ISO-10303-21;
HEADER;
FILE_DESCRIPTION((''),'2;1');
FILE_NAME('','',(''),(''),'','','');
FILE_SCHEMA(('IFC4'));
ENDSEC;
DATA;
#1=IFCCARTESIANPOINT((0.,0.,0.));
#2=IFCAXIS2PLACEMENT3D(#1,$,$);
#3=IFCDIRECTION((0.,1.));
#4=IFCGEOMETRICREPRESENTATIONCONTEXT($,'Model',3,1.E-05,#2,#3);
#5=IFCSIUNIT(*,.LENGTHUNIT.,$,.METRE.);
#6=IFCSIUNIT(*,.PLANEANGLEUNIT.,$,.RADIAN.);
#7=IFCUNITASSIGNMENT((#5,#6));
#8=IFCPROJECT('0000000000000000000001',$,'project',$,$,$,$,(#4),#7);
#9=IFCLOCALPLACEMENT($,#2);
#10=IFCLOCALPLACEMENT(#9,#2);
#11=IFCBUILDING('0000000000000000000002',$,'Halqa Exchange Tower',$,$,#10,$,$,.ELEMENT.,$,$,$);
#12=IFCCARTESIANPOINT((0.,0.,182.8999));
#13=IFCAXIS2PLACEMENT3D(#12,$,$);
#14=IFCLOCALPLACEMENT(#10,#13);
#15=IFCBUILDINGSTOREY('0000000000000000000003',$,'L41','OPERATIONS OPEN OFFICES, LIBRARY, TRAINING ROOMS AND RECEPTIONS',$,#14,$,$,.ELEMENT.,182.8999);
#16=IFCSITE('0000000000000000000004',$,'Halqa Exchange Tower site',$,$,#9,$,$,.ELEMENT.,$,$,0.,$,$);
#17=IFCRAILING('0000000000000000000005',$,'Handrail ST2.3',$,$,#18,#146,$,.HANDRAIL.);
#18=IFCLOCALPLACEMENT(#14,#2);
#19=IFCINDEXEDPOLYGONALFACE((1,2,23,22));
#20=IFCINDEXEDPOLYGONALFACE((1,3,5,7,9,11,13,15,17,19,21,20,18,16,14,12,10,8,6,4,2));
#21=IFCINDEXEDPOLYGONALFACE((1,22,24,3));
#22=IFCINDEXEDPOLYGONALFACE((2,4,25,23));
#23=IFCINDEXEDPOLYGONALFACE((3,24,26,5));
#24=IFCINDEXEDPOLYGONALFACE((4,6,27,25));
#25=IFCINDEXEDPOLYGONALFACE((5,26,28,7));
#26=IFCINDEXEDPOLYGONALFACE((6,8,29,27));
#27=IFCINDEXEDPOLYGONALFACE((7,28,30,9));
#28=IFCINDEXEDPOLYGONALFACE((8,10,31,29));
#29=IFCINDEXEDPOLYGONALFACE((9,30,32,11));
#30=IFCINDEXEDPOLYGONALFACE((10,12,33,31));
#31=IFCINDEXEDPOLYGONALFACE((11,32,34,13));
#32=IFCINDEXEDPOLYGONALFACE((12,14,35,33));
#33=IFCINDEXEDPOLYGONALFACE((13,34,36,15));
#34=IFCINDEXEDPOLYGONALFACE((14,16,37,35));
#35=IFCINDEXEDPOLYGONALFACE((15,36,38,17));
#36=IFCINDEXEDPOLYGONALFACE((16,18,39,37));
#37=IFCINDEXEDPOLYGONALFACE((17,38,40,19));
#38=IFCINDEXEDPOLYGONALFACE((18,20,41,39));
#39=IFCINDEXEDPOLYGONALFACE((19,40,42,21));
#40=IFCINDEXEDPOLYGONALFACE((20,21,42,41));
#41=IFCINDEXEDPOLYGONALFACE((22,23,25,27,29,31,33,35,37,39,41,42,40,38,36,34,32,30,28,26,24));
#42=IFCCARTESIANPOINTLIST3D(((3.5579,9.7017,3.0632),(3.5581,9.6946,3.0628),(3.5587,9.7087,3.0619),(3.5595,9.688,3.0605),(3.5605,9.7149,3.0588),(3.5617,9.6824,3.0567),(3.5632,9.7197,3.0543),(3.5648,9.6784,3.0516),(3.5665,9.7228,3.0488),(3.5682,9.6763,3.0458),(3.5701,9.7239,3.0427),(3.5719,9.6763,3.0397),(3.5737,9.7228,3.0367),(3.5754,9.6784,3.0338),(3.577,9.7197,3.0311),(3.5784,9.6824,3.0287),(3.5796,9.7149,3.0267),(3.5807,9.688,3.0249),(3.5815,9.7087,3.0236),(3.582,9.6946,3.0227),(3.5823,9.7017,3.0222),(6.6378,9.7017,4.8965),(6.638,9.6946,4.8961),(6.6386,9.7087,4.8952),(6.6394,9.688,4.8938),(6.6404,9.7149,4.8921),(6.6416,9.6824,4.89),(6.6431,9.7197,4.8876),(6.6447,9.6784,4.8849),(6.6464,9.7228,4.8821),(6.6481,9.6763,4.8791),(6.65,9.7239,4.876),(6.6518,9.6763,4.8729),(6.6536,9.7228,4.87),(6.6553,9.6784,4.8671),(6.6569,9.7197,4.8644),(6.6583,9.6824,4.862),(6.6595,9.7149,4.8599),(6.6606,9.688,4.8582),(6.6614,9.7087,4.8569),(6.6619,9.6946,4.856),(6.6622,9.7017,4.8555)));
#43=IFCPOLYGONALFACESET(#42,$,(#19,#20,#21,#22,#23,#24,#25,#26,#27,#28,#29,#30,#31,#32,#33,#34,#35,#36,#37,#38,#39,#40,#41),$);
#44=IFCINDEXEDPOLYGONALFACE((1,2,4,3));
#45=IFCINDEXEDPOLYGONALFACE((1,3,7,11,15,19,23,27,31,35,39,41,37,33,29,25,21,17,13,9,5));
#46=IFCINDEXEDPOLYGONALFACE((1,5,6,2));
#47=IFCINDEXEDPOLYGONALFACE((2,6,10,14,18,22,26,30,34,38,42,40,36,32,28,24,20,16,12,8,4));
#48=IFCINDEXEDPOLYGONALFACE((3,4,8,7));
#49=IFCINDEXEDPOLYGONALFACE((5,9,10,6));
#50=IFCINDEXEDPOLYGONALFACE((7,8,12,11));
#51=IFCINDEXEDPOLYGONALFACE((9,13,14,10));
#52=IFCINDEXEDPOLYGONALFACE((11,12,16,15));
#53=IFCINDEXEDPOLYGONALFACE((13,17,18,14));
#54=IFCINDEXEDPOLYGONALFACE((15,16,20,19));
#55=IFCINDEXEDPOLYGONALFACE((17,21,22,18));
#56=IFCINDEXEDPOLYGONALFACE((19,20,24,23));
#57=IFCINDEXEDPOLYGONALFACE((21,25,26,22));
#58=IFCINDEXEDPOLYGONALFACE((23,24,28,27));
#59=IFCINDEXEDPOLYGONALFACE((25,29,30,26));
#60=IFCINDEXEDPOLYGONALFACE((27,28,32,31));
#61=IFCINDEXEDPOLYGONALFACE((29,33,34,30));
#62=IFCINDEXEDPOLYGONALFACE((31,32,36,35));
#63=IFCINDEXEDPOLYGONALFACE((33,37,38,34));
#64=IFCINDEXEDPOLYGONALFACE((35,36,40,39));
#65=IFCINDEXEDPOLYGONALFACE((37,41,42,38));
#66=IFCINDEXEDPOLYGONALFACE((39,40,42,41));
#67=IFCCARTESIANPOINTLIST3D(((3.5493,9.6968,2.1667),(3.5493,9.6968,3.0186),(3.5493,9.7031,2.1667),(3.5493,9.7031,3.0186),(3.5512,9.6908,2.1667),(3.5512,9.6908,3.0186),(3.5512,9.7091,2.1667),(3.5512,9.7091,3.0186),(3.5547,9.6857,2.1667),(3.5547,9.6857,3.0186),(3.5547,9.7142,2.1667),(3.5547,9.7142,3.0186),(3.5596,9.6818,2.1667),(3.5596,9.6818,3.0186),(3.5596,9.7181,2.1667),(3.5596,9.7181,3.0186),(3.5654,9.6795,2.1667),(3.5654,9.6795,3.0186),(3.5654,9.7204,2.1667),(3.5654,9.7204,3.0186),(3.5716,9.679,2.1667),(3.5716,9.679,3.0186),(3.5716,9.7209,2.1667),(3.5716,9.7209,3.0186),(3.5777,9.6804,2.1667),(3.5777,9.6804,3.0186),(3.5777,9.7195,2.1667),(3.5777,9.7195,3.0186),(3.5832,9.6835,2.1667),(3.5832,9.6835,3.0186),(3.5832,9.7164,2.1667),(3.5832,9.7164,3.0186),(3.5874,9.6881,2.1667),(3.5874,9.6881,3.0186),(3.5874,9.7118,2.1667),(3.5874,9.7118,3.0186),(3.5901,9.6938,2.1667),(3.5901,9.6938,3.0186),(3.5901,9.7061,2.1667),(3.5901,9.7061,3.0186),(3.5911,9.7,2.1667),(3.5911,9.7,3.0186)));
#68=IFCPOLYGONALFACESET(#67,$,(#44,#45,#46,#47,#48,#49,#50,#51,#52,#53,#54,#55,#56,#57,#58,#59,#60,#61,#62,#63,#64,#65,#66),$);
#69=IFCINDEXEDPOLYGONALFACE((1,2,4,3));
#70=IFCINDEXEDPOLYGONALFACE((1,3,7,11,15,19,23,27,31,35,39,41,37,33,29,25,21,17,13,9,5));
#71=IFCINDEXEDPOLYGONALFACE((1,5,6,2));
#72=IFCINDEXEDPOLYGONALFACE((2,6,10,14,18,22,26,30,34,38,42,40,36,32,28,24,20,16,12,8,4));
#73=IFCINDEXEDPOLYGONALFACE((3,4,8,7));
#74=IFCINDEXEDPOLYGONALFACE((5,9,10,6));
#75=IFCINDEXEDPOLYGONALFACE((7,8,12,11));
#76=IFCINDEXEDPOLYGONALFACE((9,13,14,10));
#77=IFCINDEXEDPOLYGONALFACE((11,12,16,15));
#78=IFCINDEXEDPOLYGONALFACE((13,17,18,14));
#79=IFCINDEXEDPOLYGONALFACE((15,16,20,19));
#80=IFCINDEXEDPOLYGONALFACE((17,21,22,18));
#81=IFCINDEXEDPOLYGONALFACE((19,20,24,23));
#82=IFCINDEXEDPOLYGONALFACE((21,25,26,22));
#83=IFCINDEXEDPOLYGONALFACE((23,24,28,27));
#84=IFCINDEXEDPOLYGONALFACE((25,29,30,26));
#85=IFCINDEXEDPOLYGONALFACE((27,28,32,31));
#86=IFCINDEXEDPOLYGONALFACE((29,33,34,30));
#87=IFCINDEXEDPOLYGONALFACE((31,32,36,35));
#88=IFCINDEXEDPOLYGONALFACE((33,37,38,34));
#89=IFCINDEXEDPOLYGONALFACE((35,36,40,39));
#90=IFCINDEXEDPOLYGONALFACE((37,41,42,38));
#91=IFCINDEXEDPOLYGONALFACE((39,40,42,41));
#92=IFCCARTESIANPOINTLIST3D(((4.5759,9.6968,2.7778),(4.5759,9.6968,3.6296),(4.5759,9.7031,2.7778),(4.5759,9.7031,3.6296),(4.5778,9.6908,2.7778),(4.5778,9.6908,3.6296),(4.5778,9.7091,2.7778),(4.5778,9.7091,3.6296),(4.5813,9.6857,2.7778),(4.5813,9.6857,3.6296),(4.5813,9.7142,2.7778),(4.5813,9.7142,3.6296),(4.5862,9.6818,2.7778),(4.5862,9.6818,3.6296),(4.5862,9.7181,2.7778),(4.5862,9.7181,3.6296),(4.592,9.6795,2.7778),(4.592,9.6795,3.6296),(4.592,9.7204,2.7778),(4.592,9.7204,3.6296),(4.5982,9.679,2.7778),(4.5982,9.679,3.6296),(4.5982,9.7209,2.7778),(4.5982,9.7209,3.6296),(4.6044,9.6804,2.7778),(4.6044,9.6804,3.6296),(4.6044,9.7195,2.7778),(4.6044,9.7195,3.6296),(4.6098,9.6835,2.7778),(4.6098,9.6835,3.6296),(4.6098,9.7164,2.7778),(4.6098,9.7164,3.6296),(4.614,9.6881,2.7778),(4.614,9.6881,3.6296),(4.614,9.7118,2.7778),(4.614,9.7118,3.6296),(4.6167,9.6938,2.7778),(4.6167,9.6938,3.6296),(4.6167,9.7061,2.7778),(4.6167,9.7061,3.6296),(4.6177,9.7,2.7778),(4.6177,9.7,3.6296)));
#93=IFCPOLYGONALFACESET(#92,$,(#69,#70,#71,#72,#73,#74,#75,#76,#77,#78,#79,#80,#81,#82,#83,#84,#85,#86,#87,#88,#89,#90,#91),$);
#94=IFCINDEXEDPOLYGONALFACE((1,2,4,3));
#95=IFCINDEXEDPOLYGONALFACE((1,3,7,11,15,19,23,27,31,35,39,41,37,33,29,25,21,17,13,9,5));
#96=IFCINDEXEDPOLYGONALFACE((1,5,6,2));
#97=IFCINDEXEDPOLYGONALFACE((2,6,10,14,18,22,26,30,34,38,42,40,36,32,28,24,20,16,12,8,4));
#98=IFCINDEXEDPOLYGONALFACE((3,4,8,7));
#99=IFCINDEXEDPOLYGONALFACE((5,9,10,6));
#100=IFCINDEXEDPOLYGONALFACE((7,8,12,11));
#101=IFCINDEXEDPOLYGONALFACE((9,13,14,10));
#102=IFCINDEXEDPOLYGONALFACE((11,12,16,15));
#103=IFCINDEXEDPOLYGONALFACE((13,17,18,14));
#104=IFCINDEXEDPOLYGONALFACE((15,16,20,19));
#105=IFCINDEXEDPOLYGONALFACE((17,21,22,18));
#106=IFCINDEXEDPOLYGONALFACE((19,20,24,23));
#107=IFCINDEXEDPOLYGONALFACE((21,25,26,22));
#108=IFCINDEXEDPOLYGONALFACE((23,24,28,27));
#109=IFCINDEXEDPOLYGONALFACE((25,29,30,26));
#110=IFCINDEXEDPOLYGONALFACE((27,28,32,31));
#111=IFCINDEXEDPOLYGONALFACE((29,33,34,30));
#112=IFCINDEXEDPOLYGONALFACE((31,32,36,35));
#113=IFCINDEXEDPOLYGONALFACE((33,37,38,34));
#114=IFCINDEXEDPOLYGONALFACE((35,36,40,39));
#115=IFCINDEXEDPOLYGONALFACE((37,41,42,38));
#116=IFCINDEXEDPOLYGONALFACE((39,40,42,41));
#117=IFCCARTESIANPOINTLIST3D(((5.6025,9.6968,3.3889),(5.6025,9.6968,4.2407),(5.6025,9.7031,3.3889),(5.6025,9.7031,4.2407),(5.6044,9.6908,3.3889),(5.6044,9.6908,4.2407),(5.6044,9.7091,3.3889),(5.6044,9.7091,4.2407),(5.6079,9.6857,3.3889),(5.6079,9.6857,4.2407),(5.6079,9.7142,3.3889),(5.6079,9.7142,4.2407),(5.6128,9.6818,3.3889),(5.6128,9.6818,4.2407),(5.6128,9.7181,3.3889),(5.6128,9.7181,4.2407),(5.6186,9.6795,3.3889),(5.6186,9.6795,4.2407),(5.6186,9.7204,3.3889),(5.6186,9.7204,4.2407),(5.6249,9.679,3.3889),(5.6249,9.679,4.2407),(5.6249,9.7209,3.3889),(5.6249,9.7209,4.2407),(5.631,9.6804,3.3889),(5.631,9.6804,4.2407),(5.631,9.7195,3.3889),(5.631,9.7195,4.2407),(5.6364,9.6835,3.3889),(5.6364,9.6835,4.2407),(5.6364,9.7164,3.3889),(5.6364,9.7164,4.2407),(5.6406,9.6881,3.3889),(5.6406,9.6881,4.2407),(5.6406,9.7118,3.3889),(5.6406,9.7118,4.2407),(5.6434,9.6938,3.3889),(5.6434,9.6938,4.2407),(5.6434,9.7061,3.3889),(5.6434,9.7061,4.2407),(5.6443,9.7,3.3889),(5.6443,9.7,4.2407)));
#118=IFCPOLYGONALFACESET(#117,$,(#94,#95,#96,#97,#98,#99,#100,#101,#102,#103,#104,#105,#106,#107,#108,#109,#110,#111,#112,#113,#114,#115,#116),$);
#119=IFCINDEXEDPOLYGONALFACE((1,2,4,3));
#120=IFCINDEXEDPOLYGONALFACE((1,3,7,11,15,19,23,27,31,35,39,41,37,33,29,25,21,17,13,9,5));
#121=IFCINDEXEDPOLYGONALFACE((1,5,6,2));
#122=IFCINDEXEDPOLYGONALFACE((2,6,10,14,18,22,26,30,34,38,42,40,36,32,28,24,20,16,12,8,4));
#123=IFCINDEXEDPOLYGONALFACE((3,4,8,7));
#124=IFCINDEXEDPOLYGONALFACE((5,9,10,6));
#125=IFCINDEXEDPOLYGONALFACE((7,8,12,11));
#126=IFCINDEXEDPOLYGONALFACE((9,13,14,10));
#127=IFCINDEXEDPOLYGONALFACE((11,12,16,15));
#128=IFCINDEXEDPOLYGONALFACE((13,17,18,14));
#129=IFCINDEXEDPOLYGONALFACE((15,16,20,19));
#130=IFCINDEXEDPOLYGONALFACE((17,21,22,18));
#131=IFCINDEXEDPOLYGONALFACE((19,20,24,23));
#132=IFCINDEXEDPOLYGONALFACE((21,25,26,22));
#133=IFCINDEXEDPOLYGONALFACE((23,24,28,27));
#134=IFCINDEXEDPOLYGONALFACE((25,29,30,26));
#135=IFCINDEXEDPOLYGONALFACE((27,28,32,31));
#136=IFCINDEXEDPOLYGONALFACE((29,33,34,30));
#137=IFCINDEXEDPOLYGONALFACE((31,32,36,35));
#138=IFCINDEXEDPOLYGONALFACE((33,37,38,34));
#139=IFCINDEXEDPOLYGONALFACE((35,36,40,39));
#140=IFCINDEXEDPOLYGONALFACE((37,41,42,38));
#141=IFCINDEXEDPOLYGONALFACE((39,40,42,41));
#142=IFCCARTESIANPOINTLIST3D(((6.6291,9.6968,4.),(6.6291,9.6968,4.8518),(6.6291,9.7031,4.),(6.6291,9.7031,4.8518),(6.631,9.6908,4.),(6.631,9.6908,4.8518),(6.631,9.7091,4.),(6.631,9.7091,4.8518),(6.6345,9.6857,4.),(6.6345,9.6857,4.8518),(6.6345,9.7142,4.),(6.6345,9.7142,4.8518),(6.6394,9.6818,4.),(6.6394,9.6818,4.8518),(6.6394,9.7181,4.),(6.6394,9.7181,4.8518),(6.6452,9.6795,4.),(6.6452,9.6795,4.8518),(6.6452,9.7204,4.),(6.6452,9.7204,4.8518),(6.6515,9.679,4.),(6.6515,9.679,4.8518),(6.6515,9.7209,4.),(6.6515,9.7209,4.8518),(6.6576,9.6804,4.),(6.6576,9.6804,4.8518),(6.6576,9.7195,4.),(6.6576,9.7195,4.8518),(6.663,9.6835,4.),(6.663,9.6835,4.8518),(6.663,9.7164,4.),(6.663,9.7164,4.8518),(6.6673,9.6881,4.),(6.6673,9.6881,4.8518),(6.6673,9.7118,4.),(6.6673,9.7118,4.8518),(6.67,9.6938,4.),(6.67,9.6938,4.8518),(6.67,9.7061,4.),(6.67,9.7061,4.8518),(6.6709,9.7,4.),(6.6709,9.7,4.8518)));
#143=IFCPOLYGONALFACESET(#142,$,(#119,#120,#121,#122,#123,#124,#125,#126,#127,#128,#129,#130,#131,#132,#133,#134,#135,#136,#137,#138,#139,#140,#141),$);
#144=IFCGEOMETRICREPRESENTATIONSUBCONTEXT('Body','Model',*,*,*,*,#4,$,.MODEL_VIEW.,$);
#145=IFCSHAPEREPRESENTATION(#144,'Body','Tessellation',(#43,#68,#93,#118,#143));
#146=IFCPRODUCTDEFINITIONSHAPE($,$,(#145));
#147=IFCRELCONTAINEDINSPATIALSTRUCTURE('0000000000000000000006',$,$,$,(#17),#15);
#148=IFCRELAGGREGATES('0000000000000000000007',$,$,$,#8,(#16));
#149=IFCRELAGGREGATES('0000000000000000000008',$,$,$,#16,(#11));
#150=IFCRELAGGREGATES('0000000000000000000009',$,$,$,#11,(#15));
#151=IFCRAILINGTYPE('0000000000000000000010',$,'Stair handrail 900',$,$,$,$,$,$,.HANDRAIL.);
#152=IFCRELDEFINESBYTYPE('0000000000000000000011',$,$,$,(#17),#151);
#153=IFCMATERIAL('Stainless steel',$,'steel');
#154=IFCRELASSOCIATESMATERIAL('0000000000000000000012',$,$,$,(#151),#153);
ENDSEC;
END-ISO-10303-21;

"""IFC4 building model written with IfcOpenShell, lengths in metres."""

from ifc_helpers import new_model, si_unit, direction, frame, origin, origin_2d, place, context, subcontext, project, spatial, circle, extrude, material, type_object, element, save


model = new_model("IFC4")

# Units and contexts
model_context = context("Model", 3, precision=1e-05, world=origin(), true_north=direction((0.0, 1.0)))
body_context = subcontext(model_context, "Body", "Model", "MODEL_VIEW")
ifc_project = project(units=[si_unit("LENGTHUNIT", "METRE"), si_unit("PLANEANGLEUNIT", "RADIAN")], contexts=[model_context])

# Site, building, storey
site_placement = place(None, origin())
site = spatial("IfcSite", under=ifc_project, at=site_placement, Name="Halqa Exchange Tower site", CompositionType="ELEMENT", RefElevation=0.0)
building_placement = place(site_placement, origin())
building = spatial("IfcBuilding", under=site, at=building_placement, Name="Halqa Exchange Tower", CompositionType="ELEMENT")
storey_placement = place(building_placement, frame((0.0, 0.0, 182.8999)))
storey = spatial("IfcBuildingStorey", under=building, at=storey_placement, Name="L41", Description="OPERATIONS OPEN OFFICES, LIBRARY, TRAINING ROOMS AND RECEPTIONS", CompositionType="ELEMENT", Elevation=182.8999)

# Railing
ifc_material_1 = material(Name="Stainless steel", Category="steel")
railing_type_1 = type_object("IfcRailingType", Name="Stair handrail 900", PredefinedType="HANDRAIL", material=ifc_material_1)
railing_1_placement = place(storey_placement, frame((3.5701, 9.7, 2.1667)))
element("IfcRailing", 1, at=railing_1_placement, inside=storey, type_object=railing_type_1, Name="Handrail ST2.3", PredefinedType="HANDRAIL", context=body_context, shape_type="SweptSolid", body=[
    extrude(circle(Radius=0.0239, at=origin_2d()), frame((0.0, 0.0, 0.876), z_axis=(0.859291, 0.0, 0.511487), x_axis=(0.0, 1.0, 0.0)), (0.0, 0.0, 1.0), 3.5842),
    extrude(circle(Radius=0.021, at=origin_2d()), origin(), (0.0, 0.0, 1.0), 0.8518),
    extrude(circle(Radius=0.021, at=origin_2d()), frame((1.0266, 0.0, 0.6111)), (0.0, 0.0, 1.0), 0.8518),
    extrude(circle(Radius=0.021, at=origin_2d()), frame((2.0532, 0.0, 1.2222)), (0.0, 0.0, 1.0), 0.8518),
    extrude(circle(Radius=0.021, at=origin_2d()), frame((3.0798, 0.0, 1.8333)), (0.0, 0.0, 1.0), 0.8518),
])

save(model, "model.ifc")
